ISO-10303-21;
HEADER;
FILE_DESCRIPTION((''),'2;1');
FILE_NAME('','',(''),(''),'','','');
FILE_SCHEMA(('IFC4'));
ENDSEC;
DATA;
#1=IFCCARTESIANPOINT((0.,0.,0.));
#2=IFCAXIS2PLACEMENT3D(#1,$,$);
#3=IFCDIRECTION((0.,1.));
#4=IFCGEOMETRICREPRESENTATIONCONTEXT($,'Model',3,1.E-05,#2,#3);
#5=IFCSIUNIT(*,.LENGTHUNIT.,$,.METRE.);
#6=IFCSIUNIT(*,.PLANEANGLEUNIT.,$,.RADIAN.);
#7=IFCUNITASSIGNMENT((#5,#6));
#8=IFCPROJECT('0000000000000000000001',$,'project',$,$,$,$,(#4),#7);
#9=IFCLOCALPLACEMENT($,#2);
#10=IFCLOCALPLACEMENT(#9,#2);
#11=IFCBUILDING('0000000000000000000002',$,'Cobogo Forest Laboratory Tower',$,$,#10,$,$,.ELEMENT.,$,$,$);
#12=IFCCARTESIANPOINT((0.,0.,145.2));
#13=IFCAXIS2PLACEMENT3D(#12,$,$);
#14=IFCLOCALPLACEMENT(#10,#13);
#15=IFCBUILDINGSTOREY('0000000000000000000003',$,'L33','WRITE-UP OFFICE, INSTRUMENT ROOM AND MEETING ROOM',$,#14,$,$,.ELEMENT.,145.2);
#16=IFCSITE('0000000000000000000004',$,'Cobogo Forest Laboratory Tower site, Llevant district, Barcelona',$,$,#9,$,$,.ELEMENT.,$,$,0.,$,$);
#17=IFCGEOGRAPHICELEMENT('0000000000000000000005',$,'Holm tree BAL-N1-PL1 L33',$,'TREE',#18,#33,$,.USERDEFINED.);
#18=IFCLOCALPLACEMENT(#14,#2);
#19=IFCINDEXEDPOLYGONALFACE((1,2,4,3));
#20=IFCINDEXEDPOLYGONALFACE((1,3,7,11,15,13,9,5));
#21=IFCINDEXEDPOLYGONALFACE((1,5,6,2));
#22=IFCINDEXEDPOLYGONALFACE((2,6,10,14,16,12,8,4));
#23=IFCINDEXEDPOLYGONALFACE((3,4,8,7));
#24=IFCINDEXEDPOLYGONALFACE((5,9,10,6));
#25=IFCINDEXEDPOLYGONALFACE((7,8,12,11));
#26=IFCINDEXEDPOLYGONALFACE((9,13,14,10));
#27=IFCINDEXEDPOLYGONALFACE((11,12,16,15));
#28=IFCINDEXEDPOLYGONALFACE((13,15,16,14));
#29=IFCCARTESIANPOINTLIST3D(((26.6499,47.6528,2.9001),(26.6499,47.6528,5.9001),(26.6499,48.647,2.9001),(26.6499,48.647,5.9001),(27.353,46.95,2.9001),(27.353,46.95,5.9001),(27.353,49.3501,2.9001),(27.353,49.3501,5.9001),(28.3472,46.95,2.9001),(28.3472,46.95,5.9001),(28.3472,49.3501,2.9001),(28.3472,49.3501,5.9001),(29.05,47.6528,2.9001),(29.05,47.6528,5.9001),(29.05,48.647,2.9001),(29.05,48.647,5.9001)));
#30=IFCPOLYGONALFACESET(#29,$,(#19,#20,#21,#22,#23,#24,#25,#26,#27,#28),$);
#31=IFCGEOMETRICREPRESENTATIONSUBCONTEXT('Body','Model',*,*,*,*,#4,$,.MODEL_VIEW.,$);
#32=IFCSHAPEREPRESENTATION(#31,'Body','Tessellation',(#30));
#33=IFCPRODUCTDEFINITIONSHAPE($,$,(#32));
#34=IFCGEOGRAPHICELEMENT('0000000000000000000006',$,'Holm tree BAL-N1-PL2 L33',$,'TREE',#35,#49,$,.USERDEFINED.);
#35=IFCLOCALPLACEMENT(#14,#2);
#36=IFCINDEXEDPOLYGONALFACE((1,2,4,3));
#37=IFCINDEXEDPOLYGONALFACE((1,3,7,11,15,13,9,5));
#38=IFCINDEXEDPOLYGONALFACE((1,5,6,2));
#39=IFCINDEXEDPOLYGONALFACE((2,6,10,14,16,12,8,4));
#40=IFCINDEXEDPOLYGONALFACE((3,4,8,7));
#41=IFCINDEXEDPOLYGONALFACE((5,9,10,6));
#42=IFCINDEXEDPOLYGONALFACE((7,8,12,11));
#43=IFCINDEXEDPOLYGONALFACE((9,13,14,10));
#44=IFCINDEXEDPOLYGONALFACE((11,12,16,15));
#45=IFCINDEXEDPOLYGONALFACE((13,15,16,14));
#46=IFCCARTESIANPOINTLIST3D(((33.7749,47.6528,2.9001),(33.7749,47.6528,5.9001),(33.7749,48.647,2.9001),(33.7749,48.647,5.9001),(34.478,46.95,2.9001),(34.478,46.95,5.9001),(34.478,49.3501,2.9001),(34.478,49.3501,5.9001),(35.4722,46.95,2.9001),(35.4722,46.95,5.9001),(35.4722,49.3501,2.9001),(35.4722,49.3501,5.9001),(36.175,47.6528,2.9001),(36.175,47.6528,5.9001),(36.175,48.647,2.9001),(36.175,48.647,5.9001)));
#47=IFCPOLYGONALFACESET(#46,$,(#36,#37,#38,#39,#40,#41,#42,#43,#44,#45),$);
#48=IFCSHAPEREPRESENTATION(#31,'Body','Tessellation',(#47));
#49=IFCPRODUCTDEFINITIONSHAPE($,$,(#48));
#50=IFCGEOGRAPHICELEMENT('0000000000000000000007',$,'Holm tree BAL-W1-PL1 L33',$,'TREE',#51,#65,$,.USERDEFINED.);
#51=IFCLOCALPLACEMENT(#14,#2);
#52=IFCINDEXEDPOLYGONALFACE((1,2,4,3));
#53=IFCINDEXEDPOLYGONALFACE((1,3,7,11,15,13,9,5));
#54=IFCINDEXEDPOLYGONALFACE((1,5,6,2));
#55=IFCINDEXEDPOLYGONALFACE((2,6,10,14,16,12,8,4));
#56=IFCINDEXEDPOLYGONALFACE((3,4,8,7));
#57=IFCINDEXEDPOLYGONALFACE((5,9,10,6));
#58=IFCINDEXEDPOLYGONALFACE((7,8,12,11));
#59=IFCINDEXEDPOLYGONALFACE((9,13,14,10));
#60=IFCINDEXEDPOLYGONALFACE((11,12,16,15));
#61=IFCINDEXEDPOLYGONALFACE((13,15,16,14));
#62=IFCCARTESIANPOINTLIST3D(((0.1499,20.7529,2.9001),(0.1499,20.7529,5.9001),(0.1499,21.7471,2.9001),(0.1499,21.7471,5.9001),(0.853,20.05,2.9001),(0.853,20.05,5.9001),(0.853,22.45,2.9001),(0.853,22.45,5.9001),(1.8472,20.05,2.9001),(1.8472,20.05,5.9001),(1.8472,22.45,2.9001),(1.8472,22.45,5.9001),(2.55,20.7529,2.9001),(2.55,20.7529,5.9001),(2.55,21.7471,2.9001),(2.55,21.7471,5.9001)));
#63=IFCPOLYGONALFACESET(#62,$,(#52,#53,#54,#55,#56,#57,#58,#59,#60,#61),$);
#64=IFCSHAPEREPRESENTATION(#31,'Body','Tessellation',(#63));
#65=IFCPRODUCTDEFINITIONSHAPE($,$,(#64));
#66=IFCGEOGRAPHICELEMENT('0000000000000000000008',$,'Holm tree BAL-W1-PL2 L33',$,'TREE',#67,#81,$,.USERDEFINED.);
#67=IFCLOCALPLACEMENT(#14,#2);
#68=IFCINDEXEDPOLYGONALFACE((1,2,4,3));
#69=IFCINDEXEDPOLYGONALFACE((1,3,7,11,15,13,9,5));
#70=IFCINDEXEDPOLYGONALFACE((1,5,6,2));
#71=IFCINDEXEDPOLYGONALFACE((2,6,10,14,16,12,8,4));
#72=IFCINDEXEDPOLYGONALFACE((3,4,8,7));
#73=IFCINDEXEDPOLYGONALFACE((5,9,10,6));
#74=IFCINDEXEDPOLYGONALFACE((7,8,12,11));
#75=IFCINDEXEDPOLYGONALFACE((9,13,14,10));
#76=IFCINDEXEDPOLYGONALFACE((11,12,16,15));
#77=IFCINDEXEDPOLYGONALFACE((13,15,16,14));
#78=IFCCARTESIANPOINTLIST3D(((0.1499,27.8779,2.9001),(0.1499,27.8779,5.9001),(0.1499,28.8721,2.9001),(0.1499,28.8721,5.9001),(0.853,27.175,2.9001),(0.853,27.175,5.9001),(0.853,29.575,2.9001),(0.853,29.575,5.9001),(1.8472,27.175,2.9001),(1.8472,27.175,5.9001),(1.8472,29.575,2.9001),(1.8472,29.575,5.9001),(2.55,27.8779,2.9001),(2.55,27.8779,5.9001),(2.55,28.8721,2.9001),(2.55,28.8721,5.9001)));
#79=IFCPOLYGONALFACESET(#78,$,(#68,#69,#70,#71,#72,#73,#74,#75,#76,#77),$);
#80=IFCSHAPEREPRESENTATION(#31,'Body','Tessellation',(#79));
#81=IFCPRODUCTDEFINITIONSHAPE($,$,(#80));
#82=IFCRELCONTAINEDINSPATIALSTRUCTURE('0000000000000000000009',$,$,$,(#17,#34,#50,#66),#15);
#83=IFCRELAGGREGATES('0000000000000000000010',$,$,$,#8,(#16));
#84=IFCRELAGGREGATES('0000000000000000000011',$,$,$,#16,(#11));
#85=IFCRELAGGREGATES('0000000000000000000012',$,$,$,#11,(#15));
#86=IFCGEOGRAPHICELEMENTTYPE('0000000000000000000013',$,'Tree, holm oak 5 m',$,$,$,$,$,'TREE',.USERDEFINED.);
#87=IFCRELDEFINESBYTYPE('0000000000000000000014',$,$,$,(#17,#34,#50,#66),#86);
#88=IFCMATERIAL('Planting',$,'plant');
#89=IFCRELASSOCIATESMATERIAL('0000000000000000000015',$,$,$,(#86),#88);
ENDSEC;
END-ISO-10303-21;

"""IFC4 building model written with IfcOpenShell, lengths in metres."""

from ifc_helpers import new_model, si_unit, direction, frame, origin, place, context, subcontext, project, spatial, polyline, outline, extrude, material, type_object, element, save


model = new_model("IFC4")

# Units and contexts
model_context = context("Model", 3, precision=1e-05, world=origin(), true_north=direction((0.0, 1.0)))
body_context = subcontext(model_context, "Body", "Model", "MODEL_VIEW")
ifc_project = project(units=[si_unit("LENGTHUNIT", "METRE"), si_unit("PLANEANGLEUNIT", "RADIAN")], contexts=[model_context])

# Site, building, storey
site_placement = place(None, origin())
site = spatial("IfcSite", under=ifc_project, at=site_placement, Name="Cobogo Forest Laboratory Tower site, Llevant district, Barcelona", CompositionType="ELEMENT", RefElevation=0.0)
building_placement = place(site_placement, origin())
building = spatial("IfcBuilding", under=site, at=building_placement, Name="Cobogo Forest Laboratory Tower", CompositionType="ELEMENT")
storey_placement = place(building_placement, frame((0.0, 0.0, 145.2)))
storey = spatial("IfcBuildingStorey", under=building, at=storey_placement, Name="L33", Description="WRITE-UP OFFICE, INSTRUMENT ROOM AND MEETING ROOM", CompositionType="ELEMENT", Elevation=145.2)

# Geographic elements
ifc_material_1 = material(Name="Planting", Category="plant")
geographic_element_type = type_object("IfcGeographicElementType", Name="Tree, holm oak 5 m", ElementType="TREE", PredefinedType="USERDEFINED", material=ifc_material_1)
geographic_element_1_placement = place(storey_placement, frame((0.0, 0.0, 2.9001)))
element("IfcGeographicElement", 1, at=geographic_element_1_placement, inside=storey, type_object=geographic_element_type, Name="Holm tree BAL-N1-PL1 L33", ObjectType="TREE", PredefinedType="USERDEFINED", context=body_context, shape_type="SweptSolid", body=[
    extrude(outline(polyline([(29.05, 47.6528), (29.05, 48.647), (28.3472, 49.3501), (27.353, 49.3501), (26.6499, 48.647), (26.6499, 47.6528), (27.353, 46.95), (28.3472, 46.95), (29.05, 47.6528)])), origin(), (0.0, 0.0, 1.0), 3.0),
])
geographic_element_2_placement = place(storey_placement, frame((0.0, 0.0, 2.9001)))
element("IfcGeographicElement", 2, at=geographic_element_2_placement, inside=storey, type_object=geographic_element_type, Name="Holm tree BAL-N1-PL2 L33", ObjectType="TREE", PredefinedType="USERDEFINED", context=body_context, shape_type="SweptSolid", body=[
    extrude(outline(polyline([(36.175, 47.6528), (36.175, 48.647), (35.4722, 49.3501), (34.478, 49.3501), (33.7749, 48.647), (33.7749, 47.6528), (34.478, 46.95), (35.4722, 46.95), (36.175, 47.6528)])), origin(), (0.0, 0.0, 1.0), 3.0),
])
geographic_element_3_placement = place(storey_placement, frame((0.0, 0.0, 2.9001)))
element("IfcGeographicElement", 3, at=geographic_element_3_placement, inside=storey, type_object=geographic_element_type, Name="Holm tree BAL-W1-PL1 L33", ObjectType="TREE", PredefinedType="USERDEFINED", context=body_context, shape_type="SweptSolid", body=[
    extrude(outline(polyline([(2.55, 20.7529), (2.55, 21.7471), (1.8472, 22.45), (0.853, 22.45), (0.1499, 21.7471), (0.1499, 20.7529), (0.853, 20.05), (1.8472, 20.05), (2.55, 20.7529)])), origin(), (0.0, 0.0, 1.0), 3.0),
])
geographic_element_4_placement = place(storey_placement, frame((0.0, 0.0, 2.9001)))
element("IfcGeographicElement", 4, at=geographic_element_4_placement, inside=storey, type_object=geographic_element_type, Name="Holm tree BAL-W1-PL2 L33", ObjectType="TREE", PredefinedType="USERDEFINED", context=body_context, shape_type="SweptSolid", body=[
    extrude(outline(polyline([(2.55, 27.8779), (2.55, 28.8721), (1.8472, 29.575), (0.853, 29.575), (0.1499, 28.8721), (0.1499, 27.8779), (0.853, 27.175), (1.8472, 27.175), (2.55, 27.8779)])), origin(), (0.0, 0.0, 1.0), 3.0),
])

save(model, "model.ifc")
